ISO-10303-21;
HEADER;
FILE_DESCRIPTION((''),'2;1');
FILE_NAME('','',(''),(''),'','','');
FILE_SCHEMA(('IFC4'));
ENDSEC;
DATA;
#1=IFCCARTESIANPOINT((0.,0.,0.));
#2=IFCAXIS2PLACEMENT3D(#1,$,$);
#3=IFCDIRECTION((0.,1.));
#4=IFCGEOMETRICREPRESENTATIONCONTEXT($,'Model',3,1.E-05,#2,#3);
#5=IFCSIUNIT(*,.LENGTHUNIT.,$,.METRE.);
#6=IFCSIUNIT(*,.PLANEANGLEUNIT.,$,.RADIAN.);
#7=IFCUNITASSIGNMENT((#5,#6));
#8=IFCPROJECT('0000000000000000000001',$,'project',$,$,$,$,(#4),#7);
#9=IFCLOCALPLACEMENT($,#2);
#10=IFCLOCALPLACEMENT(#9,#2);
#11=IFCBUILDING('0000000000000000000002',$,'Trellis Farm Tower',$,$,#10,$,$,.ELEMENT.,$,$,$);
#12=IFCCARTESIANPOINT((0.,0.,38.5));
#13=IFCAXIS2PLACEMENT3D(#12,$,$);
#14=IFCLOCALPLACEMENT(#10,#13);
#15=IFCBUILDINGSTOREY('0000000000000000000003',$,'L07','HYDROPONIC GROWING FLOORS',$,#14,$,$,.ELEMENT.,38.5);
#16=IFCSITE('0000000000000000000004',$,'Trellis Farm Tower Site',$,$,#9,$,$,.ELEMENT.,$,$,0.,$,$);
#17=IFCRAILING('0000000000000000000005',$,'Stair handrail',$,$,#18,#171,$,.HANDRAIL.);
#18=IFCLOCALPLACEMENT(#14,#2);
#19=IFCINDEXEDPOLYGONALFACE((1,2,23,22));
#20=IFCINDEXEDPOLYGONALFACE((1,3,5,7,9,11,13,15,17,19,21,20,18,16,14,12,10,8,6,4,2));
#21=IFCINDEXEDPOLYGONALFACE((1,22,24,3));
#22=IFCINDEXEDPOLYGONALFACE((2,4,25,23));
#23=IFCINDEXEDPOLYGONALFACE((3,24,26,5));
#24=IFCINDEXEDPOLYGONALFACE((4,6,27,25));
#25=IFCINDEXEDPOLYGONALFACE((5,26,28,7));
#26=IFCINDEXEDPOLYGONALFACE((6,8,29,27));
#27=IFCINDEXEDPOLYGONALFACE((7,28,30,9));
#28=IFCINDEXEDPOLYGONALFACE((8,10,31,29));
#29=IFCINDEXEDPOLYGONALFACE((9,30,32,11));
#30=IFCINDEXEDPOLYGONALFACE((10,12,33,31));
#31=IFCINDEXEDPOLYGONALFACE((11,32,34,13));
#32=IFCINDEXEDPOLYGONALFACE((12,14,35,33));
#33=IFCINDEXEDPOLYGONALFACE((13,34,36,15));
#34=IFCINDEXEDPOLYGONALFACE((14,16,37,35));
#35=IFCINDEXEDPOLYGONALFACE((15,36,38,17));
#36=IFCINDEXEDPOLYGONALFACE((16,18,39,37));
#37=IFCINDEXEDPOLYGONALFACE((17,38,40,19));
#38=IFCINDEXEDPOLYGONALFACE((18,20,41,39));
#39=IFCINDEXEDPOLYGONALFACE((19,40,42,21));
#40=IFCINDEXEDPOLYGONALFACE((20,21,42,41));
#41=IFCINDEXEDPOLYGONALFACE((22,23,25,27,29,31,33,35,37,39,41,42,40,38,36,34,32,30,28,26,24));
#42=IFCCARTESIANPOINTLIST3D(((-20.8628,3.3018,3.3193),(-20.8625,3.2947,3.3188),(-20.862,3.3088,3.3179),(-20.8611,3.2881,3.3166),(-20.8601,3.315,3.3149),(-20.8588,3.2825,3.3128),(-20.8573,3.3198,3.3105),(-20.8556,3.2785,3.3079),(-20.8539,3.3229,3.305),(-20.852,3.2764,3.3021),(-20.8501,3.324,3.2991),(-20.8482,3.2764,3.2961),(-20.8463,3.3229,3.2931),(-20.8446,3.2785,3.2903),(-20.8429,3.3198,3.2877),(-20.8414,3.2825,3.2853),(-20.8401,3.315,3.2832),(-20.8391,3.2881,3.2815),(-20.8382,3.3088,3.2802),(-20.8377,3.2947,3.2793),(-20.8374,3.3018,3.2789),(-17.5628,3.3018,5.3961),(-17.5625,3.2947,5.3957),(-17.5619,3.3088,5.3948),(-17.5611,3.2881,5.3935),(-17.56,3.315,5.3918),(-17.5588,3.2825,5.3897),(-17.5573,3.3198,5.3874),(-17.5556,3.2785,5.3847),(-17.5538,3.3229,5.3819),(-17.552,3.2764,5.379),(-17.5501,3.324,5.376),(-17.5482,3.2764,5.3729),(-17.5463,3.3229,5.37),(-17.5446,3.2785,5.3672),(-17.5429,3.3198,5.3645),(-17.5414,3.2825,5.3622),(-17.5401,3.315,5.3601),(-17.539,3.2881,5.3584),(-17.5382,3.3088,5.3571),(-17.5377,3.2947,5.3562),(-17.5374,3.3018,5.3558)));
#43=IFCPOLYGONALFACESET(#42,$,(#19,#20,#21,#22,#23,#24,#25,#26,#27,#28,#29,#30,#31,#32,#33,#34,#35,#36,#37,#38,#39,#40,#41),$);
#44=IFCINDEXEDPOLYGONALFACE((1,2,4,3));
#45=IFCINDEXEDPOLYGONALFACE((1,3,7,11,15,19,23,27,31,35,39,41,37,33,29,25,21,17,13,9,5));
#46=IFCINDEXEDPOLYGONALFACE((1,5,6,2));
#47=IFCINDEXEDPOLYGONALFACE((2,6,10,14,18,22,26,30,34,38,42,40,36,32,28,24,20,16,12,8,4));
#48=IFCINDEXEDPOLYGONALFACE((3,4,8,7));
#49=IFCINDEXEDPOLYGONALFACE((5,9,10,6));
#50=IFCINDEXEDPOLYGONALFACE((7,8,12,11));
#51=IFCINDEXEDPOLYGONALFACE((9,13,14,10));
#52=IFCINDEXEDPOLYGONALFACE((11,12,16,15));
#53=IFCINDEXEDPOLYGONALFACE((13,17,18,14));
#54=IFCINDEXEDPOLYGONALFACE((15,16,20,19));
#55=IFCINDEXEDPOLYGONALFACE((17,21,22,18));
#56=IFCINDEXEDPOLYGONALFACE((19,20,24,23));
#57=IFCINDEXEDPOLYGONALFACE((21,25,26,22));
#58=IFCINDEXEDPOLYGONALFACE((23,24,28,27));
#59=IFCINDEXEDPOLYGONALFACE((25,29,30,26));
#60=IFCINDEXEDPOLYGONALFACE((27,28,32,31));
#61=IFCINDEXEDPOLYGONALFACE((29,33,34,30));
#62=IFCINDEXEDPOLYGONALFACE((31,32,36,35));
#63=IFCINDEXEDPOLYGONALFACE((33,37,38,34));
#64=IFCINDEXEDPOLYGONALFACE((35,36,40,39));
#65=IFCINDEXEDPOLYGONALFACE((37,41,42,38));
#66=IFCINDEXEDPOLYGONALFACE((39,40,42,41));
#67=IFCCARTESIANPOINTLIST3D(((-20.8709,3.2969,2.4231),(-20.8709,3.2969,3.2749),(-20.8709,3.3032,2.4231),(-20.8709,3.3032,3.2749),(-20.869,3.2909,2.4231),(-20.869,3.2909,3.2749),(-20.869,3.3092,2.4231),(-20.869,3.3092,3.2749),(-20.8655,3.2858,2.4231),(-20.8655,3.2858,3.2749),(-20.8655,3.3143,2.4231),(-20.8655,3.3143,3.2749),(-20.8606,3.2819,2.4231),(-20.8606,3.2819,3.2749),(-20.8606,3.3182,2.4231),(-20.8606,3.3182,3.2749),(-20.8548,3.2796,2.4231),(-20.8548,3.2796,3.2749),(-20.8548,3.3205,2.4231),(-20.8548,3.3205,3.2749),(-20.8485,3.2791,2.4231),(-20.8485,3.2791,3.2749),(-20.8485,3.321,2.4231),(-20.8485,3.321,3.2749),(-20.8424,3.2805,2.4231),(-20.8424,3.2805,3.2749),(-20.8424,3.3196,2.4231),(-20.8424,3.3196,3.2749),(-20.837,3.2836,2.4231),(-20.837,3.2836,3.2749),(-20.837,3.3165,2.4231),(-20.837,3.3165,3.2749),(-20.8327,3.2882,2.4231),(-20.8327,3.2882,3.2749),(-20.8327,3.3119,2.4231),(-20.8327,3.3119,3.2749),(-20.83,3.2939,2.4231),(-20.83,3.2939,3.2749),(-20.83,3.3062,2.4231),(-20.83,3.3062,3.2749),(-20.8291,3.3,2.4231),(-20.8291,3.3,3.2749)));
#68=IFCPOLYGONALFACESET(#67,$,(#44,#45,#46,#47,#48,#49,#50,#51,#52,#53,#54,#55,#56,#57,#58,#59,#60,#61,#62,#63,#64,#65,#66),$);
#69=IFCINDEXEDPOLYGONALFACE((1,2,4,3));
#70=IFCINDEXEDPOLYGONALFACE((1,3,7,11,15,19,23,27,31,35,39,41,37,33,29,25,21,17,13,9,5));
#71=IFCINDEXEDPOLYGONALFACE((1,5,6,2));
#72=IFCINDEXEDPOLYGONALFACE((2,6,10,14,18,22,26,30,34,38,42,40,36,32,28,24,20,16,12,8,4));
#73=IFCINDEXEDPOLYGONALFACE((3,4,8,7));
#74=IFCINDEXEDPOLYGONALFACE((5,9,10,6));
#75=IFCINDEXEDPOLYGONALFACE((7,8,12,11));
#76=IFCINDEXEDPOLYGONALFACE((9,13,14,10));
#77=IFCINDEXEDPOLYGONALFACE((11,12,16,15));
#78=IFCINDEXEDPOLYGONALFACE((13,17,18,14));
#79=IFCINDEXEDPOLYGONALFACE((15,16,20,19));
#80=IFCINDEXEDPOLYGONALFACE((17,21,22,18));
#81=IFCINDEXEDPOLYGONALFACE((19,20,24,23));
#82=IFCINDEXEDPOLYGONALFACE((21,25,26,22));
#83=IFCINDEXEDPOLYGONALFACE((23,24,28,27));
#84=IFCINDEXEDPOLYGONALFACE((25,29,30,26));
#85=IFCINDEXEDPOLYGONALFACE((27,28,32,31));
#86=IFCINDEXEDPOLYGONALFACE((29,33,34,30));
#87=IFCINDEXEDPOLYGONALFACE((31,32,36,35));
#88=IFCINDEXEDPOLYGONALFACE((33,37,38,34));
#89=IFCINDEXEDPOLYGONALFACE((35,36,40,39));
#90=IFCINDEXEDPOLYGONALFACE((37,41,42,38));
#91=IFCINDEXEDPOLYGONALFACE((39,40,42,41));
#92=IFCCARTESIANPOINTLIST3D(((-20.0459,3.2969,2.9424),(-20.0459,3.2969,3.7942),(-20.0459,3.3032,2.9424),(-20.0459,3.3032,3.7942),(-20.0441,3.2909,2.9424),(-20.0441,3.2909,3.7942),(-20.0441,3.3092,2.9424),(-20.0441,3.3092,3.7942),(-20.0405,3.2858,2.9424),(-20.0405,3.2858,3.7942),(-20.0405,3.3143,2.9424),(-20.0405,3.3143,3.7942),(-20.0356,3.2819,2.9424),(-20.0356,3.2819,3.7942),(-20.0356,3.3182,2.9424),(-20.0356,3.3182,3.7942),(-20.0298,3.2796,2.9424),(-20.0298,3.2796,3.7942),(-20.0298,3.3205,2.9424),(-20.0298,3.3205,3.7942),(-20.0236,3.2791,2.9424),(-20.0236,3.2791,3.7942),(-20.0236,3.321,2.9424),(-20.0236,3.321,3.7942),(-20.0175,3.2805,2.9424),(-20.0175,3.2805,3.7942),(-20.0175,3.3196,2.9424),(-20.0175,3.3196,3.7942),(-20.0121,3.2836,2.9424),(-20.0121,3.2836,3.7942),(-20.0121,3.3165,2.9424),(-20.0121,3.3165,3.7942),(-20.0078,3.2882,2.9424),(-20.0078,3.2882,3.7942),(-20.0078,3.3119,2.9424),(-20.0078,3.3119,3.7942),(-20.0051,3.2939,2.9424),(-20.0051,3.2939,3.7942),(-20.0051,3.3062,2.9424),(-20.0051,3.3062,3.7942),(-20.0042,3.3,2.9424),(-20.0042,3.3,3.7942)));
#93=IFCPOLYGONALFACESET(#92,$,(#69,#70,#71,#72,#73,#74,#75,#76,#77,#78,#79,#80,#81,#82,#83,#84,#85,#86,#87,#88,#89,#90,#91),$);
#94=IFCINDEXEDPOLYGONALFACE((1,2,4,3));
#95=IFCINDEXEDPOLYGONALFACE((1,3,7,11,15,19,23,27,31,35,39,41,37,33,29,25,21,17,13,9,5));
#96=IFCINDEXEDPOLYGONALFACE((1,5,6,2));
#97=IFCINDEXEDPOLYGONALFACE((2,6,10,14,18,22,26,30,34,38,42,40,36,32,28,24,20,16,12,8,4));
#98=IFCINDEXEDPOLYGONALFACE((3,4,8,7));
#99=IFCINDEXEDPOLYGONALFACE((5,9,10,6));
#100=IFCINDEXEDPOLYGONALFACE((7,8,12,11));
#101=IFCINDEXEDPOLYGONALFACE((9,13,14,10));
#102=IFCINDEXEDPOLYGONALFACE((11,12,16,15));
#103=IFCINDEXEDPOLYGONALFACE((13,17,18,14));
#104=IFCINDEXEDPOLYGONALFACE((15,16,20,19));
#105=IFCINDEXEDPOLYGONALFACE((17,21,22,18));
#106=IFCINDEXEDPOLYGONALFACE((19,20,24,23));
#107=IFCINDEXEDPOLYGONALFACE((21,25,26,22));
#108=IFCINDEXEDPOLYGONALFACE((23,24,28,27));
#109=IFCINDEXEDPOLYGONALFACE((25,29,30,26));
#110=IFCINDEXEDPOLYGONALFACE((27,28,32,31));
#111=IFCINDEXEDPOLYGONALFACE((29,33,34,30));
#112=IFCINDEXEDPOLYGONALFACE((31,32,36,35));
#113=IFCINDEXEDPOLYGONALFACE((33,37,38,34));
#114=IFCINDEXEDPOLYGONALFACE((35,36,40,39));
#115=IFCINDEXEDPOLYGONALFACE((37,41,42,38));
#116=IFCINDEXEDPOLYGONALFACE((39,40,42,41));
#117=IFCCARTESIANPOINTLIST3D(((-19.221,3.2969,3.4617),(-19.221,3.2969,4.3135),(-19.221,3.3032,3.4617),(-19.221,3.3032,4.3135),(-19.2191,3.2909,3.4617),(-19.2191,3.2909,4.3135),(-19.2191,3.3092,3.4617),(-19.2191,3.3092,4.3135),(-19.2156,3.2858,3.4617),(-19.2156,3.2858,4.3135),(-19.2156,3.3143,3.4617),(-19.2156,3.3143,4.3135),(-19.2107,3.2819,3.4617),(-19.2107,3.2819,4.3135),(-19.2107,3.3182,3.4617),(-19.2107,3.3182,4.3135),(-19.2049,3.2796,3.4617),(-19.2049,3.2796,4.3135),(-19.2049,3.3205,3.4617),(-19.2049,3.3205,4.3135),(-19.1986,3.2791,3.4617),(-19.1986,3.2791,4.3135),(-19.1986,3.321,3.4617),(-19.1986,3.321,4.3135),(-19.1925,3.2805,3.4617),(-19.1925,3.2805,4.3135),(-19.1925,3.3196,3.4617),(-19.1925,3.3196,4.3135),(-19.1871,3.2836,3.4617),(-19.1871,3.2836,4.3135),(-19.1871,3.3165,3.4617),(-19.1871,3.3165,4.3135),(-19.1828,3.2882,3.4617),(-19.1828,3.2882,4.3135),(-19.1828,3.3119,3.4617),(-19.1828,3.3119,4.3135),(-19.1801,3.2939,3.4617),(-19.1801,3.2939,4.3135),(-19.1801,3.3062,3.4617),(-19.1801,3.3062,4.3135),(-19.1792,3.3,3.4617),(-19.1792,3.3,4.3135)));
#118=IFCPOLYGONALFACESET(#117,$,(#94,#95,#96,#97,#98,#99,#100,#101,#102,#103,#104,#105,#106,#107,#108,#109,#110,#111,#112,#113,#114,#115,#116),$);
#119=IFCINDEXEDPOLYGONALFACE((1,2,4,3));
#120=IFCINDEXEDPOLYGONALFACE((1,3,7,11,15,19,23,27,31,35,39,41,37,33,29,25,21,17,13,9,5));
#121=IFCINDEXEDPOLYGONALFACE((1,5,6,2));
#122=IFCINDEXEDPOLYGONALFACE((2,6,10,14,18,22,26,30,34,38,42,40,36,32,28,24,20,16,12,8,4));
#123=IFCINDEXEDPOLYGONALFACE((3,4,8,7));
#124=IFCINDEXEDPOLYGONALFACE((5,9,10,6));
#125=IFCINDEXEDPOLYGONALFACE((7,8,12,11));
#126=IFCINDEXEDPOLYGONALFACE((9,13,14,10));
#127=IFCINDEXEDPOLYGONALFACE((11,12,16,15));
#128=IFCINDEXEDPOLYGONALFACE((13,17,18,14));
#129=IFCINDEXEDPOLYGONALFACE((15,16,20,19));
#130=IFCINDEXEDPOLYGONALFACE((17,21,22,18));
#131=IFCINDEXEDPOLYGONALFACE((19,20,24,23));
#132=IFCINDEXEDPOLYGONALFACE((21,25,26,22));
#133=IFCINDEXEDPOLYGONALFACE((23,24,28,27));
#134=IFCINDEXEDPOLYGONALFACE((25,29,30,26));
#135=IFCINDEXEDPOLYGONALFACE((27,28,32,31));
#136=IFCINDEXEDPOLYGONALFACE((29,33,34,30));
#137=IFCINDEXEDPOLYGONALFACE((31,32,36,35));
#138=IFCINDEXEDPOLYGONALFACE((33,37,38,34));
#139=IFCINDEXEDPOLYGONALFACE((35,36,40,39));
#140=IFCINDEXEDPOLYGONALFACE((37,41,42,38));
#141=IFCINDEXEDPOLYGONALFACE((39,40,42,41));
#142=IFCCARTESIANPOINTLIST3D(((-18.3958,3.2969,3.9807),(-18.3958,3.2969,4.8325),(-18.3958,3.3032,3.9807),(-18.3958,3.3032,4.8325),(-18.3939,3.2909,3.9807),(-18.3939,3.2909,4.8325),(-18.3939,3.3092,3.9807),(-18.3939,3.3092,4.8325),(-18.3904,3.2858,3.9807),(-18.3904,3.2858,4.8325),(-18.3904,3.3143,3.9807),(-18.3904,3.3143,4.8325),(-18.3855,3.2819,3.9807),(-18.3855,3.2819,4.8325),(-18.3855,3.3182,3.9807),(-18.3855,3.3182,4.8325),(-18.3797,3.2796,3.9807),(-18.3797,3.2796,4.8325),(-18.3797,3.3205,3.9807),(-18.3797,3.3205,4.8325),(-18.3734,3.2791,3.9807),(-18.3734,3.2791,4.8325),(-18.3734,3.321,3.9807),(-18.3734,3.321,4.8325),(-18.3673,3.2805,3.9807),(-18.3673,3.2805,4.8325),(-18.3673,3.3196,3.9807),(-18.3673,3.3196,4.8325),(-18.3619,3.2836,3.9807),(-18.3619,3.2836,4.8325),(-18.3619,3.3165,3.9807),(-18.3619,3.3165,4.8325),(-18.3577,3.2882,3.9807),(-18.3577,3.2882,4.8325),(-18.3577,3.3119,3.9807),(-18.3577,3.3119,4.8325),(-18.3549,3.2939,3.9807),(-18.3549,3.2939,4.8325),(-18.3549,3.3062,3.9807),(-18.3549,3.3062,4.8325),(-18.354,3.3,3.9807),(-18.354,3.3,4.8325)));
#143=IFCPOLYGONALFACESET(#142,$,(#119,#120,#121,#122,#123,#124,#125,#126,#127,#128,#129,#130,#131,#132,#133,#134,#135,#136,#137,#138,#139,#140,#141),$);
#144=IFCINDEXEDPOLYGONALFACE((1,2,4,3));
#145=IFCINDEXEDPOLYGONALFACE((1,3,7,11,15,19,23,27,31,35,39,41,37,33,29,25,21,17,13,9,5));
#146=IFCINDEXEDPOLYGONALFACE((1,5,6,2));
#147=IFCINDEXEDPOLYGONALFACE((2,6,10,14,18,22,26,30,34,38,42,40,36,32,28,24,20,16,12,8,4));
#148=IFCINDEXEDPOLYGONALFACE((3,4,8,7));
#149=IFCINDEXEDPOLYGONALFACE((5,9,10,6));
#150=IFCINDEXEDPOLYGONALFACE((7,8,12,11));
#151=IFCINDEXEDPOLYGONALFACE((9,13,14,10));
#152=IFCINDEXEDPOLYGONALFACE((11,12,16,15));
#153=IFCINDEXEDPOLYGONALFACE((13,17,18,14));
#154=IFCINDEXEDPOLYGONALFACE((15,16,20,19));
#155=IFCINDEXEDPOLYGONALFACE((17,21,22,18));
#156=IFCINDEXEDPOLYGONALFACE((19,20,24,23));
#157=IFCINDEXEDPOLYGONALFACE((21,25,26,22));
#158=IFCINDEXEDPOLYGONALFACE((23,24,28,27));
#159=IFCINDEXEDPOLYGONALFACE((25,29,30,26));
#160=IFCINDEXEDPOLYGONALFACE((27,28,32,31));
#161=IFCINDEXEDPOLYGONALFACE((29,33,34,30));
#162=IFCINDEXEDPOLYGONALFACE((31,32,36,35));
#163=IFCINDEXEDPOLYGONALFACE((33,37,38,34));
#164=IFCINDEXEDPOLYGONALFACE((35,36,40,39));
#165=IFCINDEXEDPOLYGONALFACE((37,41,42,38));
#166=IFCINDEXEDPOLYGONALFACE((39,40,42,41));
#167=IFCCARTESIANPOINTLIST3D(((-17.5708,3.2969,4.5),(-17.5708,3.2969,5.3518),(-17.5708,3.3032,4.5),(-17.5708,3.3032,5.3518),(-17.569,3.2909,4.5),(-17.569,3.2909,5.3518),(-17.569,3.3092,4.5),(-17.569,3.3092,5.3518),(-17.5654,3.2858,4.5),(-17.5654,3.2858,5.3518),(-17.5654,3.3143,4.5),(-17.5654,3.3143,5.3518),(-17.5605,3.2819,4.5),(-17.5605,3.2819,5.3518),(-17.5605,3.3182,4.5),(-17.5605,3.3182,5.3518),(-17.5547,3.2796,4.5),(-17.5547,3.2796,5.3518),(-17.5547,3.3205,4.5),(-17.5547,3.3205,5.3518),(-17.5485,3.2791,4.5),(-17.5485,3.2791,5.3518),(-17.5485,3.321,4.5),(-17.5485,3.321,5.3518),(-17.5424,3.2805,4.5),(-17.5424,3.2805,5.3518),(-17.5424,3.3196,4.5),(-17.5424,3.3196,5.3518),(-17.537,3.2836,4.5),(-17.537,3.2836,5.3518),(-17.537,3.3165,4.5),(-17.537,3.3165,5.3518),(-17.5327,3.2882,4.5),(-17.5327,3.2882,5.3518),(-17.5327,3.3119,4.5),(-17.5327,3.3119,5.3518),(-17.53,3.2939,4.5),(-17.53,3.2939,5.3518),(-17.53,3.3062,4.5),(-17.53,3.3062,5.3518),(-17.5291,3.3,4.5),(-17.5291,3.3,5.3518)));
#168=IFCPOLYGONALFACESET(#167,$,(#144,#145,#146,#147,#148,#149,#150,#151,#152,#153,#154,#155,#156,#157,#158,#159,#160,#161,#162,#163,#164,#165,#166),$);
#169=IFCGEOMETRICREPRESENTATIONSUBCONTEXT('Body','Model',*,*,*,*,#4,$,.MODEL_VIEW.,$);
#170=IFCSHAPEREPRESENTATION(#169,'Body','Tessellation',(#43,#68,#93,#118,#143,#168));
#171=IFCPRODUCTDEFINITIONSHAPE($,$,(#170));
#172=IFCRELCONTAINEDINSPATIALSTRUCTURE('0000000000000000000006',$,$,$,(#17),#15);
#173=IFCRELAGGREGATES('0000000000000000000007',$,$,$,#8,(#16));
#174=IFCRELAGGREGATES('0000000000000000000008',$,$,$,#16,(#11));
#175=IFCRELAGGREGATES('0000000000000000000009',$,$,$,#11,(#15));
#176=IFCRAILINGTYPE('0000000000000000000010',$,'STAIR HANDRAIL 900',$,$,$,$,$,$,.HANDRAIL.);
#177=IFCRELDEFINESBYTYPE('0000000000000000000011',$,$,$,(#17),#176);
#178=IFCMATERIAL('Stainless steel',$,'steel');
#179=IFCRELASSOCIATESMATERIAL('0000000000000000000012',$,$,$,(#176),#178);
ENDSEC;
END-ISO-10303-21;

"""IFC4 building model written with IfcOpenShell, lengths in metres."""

from ifc_helpers import new_model, si_unit, direction, frame, origin, origin_2d, place, context, subcontext, project, spatial, circle, extrude, source, transform, mapped, material, type_object, element, save


model = new_model("IFC4")

# Units and contexts
model_context = context("Model", 3, precision=1e-05, world=origin(), true_north=direction((0.0, 1.0)))
body_context = subcontext(model_context, "Body", "Model", "MODEL_VIEW")
ifc_project = project(units=[si_unit("LENGTHUNIT", "METRE"), si_unit("PLANEANGLEUNIT", "RADIAN")], contexts=[model_context])

# Site, building, storey
site_placement = place(None, origin())
site = spatial("IfcSite", under=ifc_project, at=site_placement, Name="Trellis Farm Tower Site", CompositionType="ELEMENT", RefElevation=0.0)
building_placement = place(site_placement, origin())
building = spatial("IfcBuilding", under=site, at=building_placement, Name="Trellis Farm Tower", CompositionType="ELEMENT")
storey_placement = place(building_placement, frame((0.0, 0.0, 38.5)))
storey = spatial("IfcBuildingStorey", under=building, at=storey_placement, Name="L07", Description="HYDROPONIC GROWING FLOORS", CompositionType="ELEMENT", Elevation=38.5)

# Shared definitions
ifc_material_1 = material(Name="Stainless steel", Category="steel")

# Railing
railing_type = type_object("IfcRailingType", Name="STAIR HANDRAIL 900", PredefinedType="HANDRAIL", material=ifc_material_1)
shared_shape_1 = source(origin(), body_context, "Body", "SweptSolid", [
    extrude(circle(Radius=0.0239, at=origin_2d()), frame((0.0, 0.0, 0.876), z_axis=(0.846337, 0.0, 0.532647), x_axis=(0.0, 1.0, 0.0)), (0.0, 0.0, 1.0), 3.8992),
    extrude(circle(Radius=0.021, at=origin_2d()), origin(), (0.0, 0.0, 1.0), 0.8518),
    extrude(circle(Radius=0.021, at=origin_2d()), frame((0.825, 0.0, 0.5193)), (0.0, 0.0, 1.0), 0.8518),
    extrude(circle(Radius=0.021, at=origin_2d()), frame((1.6499, 0.0, 1.0386)), (0.0, 0.0, 1.0), 0.8518),
    extrude(circle(Radius=0.021, at=origin_2d()), frame((2.4751, 0.0, 1.5576)), (0.0, 0.0, 1.0), 0.8518),
    extrude(circle(Radius=0.021, at=origin_2d()), frame((3.3, 0.0, 2.0769)), (0.0, 0.0, 1.0), 0.8518),
])
for number, where, name in (
    (1, (-20.8501, 3.3, 2.4231), "Stair handrail"),
):
    element("IfcRailing", number, at=place(storey_placement, frame(where)), inside=storey, type_object=railing_type, Name=name, PredefinedType="HANDRAIL", context=body_context, shape_type="MappedRepresentation", body=[
        mapped(shared_shape_1, transform((0.0, 0.0, 0.0))),
    ])

save(model, "model.ifc")
